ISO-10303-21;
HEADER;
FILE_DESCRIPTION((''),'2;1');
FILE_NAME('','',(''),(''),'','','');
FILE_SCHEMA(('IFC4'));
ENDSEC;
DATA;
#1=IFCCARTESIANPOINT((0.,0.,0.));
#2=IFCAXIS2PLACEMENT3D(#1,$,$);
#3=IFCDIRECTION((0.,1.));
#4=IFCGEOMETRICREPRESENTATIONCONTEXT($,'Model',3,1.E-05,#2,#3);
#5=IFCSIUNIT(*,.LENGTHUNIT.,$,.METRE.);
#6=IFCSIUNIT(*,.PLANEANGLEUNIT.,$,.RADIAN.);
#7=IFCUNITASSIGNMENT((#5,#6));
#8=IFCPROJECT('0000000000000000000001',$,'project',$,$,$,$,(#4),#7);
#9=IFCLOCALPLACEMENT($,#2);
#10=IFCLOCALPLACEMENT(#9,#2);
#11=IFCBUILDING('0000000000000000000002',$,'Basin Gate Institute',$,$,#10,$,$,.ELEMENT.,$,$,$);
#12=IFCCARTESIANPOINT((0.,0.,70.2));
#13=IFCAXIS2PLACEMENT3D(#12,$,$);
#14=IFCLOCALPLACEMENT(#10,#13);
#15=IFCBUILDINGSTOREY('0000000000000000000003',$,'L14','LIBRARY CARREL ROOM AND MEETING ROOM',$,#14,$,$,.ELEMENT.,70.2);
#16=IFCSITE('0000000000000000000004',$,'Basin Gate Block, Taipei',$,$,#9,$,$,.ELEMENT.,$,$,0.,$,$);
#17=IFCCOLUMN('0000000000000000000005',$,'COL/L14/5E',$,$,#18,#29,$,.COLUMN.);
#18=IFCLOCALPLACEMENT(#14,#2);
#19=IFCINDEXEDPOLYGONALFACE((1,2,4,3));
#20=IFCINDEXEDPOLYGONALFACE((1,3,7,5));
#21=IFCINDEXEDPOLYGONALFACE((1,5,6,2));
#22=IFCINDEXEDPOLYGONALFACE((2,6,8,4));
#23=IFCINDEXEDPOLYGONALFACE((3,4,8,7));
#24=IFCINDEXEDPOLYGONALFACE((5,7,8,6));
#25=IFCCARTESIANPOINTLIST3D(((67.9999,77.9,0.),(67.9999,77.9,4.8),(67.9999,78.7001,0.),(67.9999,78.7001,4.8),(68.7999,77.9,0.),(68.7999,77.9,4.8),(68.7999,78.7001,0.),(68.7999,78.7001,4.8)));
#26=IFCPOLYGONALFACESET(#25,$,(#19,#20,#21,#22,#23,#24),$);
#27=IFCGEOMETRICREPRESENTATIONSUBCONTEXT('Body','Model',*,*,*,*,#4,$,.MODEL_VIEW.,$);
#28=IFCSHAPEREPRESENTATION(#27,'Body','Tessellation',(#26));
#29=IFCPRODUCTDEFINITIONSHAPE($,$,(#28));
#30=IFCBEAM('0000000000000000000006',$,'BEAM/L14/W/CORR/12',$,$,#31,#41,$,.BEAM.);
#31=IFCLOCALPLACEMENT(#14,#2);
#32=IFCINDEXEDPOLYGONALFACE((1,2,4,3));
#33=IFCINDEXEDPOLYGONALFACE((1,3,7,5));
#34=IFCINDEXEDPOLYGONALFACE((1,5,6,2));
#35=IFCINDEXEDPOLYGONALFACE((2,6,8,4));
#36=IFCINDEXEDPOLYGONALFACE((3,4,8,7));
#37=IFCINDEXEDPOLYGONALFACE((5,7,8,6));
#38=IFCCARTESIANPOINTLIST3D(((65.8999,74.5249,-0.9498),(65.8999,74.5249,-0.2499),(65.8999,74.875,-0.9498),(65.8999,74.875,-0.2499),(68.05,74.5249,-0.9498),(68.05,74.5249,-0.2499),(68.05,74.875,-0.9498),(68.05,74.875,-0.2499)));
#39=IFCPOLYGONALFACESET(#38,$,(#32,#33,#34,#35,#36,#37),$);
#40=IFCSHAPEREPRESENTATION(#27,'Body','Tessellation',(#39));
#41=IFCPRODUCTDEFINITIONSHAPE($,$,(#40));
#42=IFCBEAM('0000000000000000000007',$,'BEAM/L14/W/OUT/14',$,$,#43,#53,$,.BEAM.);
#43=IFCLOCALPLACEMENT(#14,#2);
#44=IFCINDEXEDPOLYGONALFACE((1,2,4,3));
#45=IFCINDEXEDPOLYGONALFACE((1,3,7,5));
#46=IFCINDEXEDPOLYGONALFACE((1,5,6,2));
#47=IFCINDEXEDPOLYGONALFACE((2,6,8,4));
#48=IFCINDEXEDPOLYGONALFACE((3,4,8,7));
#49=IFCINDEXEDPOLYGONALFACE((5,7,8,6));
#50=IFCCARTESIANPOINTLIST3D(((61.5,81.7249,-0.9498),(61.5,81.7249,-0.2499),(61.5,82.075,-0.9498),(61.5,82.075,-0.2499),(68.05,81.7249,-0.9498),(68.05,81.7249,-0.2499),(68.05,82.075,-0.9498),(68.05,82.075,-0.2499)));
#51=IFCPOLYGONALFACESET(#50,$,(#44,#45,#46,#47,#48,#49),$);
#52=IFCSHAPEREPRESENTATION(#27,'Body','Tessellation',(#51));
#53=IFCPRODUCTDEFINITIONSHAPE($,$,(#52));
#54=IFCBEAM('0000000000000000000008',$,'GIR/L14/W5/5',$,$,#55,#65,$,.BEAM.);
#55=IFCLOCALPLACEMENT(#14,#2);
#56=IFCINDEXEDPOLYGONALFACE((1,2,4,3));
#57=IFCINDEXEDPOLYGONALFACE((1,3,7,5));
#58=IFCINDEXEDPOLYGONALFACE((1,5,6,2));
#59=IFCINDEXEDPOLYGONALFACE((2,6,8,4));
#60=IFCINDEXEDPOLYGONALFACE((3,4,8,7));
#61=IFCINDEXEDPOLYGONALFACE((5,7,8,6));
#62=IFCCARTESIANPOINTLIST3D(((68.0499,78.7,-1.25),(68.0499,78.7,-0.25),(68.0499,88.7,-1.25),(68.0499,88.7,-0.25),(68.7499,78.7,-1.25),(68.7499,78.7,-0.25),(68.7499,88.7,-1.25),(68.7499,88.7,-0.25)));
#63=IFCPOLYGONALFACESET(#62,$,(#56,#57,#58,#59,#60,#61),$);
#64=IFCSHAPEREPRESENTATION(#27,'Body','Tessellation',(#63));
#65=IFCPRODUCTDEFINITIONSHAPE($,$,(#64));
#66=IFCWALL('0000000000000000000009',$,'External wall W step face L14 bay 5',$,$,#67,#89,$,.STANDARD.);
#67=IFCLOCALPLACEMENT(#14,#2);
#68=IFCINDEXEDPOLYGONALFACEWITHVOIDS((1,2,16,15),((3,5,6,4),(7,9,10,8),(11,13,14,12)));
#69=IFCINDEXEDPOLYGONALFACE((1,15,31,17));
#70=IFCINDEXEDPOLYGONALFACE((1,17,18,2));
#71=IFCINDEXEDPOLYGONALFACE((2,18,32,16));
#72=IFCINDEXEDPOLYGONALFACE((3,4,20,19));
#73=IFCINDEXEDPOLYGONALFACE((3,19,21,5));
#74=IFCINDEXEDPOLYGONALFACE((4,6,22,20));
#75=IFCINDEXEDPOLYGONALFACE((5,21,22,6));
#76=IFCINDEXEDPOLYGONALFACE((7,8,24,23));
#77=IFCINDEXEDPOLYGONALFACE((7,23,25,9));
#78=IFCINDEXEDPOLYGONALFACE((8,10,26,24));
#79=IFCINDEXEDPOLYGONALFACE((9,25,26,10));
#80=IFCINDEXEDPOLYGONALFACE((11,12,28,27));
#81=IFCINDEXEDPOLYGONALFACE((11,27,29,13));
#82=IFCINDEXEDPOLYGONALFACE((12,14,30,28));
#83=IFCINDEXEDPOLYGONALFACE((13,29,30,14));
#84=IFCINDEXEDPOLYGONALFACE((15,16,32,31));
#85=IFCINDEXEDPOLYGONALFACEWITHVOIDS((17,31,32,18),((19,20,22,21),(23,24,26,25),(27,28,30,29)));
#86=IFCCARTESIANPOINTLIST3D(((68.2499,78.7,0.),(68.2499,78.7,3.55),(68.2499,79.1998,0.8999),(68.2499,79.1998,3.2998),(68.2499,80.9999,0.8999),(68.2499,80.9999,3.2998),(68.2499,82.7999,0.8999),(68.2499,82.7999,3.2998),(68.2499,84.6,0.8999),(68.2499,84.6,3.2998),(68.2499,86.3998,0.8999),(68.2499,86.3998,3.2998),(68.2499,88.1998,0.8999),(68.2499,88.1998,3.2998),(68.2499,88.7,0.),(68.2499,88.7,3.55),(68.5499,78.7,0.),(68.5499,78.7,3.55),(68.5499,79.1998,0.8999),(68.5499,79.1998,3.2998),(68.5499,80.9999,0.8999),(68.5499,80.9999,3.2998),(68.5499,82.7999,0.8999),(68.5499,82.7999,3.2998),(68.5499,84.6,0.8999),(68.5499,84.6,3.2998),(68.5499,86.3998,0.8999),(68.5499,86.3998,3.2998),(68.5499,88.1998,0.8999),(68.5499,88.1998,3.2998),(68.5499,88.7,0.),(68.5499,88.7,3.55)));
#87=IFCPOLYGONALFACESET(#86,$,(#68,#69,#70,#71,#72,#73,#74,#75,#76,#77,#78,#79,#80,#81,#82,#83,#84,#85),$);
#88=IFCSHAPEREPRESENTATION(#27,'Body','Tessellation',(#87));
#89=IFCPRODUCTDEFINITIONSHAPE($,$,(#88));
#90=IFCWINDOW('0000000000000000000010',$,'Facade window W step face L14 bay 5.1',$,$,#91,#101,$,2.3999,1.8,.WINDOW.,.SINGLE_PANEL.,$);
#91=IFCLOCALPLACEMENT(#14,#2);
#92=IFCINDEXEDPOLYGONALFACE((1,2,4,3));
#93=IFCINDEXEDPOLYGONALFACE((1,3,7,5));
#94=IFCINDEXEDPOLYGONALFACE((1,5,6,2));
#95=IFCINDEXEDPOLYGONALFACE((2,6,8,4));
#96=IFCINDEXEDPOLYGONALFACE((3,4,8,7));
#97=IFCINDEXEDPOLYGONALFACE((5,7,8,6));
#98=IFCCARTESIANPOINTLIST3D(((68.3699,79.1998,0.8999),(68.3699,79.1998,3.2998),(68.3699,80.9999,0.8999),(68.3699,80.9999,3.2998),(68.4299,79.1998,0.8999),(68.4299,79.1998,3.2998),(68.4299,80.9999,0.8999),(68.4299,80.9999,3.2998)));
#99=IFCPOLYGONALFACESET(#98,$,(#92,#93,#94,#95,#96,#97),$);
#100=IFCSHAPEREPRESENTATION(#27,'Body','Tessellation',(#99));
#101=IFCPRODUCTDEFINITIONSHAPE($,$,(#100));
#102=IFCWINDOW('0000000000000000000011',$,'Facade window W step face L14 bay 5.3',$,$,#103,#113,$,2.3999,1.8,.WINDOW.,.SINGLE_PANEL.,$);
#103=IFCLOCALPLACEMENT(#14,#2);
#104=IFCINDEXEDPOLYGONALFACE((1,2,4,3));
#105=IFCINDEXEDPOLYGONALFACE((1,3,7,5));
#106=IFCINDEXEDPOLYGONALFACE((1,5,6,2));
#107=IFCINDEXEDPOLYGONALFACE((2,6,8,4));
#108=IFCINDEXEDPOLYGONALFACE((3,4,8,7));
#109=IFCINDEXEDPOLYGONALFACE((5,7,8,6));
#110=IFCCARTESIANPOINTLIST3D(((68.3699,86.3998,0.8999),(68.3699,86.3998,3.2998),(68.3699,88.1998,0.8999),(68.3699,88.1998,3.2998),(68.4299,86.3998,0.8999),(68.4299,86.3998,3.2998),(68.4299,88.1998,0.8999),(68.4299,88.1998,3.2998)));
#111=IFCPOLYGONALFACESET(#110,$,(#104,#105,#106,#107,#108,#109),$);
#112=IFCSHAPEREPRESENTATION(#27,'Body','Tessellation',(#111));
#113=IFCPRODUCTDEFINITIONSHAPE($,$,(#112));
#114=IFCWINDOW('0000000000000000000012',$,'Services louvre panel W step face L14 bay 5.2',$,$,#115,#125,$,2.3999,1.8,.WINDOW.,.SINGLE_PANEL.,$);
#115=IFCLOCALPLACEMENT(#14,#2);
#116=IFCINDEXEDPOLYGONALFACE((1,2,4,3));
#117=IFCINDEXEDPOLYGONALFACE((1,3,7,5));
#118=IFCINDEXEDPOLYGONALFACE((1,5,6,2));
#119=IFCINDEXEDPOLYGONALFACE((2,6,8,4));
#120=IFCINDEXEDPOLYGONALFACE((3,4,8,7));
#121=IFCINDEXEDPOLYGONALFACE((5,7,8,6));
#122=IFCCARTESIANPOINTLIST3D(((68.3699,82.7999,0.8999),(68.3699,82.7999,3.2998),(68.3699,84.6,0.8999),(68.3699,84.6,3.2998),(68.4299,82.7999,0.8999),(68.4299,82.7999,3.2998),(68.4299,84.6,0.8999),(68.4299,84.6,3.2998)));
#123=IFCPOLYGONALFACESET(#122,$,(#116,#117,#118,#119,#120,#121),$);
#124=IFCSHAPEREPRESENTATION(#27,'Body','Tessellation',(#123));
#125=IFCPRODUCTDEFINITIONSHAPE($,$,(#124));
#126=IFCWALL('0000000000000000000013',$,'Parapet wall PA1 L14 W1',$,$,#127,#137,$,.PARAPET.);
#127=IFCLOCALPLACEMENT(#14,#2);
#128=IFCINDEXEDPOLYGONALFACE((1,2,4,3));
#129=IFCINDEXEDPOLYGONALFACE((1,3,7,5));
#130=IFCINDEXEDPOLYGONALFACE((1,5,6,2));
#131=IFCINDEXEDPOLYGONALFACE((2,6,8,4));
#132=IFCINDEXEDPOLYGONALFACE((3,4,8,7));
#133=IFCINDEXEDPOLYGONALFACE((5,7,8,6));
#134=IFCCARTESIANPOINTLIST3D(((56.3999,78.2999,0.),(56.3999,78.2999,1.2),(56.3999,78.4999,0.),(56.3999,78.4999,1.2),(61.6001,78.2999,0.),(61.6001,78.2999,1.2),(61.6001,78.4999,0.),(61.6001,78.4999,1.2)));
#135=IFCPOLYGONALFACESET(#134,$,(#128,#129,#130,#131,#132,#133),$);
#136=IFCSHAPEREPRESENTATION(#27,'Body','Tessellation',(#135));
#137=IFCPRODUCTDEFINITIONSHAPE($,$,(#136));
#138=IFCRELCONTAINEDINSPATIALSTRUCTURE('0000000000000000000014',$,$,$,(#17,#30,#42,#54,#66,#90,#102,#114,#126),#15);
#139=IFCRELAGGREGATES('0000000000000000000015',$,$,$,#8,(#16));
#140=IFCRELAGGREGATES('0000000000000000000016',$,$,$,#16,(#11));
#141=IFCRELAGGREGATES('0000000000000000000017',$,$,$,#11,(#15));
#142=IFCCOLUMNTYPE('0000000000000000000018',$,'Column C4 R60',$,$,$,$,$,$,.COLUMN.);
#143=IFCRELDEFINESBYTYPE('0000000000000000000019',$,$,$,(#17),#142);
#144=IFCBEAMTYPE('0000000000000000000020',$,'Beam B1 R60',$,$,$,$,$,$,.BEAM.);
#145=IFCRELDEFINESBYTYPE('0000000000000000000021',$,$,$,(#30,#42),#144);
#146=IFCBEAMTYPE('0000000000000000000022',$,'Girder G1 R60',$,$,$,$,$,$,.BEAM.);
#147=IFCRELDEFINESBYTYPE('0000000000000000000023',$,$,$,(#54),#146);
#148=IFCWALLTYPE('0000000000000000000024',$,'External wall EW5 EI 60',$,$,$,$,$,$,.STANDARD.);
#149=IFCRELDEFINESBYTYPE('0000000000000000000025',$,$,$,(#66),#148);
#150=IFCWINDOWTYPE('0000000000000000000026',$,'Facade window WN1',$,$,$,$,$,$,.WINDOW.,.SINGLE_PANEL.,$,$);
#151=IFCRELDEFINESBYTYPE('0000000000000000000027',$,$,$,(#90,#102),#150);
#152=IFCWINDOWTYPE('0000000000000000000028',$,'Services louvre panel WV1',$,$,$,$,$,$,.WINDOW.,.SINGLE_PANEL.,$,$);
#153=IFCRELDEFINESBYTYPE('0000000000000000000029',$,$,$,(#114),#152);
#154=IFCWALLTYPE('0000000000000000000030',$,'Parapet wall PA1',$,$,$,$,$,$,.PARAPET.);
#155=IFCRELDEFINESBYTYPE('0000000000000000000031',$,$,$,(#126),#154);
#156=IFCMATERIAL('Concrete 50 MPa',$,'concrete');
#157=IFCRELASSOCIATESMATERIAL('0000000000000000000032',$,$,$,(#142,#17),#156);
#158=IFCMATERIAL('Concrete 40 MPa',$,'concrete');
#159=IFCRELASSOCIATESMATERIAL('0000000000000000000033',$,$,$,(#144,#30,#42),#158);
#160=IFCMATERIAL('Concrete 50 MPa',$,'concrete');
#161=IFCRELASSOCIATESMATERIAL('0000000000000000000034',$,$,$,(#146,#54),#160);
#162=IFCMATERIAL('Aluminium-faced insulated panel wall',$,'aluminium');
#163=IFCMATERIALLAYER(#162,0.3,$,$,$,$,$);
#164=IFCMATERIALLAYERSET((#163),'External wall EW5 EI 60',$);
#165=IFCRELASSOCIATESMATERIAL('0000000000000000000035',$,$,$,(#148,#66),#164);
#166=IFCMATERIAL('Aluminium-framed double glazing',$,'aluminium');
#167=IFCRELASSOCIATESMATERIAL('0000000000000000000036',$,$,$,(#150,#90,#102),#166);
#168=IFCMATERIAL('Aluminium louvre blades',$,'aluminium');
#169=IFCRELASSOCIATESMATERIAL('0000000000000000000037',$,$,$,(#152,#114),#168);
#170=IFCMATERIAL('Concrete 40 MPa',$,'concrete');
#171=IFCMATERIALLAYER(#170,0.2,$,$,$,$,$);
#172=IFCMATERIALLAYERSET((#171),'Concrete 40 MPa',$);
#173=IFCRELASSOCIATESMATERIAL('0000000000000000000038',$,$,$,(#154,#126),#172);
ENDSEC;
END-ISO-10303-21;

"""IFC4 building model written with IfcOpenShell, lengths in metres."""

from ifc_helpers import new_model, si_unit, direction, frame, frame_2d, origin, origin_2d, place, context, subcontext, project, spatial, rectangle, extrude, material, layer, layer_set, material_profile, profile_set, type_object, element, fill, save


model = new_model("IFC4")

# Units and contexts
model_context = context("Model", 3, precision=1e-05, world=origin(), true_north=direction((0.0, 1.0)))
body_context = subcontext(model_context, "Body", "Model", "MODEL_VIEW")
ifc_project = project(units=[si_unit("LENGTHUNIT", "METRE"), si_unit("PLANEANGLEUNIT", "RADIAN")], contexts=[model_context])

# Site, building, storey
site_placement = place(None, origin())
site = spatial("IfcSite", under=ifc_project, at=site_placement, Name="Basin Gate Block, Taipei", CompositionType="ELEMENT", RefElevation=0.0)
building_placement = place(site_placement, origin())
building = spatial("IfcBuilding", under=site, at=building_placement, Name="Basin Gate Institute", CompositionType="ELEMENT")
storey_placement = place(building_placement, frame((0.0, 0.0, 70.2)))
storey = spatial("IfcBuildingStorey", under=building, at=storey_placement, Name="L14", Description="LIBRARY CARREL ROOM AND MEETING ROOM", CompositionType="ELEMENT", Elevation=70.2)

# Column
ifc_material_1 = material(Name="Concrete 50 MPa", Category="concrete")
ifc_material_profile_1 = material_profile(ifc_material_1, rectangle(XDim=0.8, YDim=0.8, at=origin_2d()), Name="Column C4 800 x 800")
ifc_profile_set_1 = profile_set([ifc_material_profile_1], Name="Concrete 50 MPa")
column_type = type_object("IfcColumnType", Name="Column C4 R60", PredefinedType="COLUMN", material=ifc_profile_set_1)
column_placement = place(storey_placement, frame((68.3999, 78.3, 0.0), z_axis=(0.0, 0.0, 1.0), x_axis=(1.0, 0.0, 0.0)))
element("IfcColumn", 1, at=column_placement, inside=storey, type_object=column_type, material=ifc_profile_set_1, Name="COL/L14/5E", PredefinedType="COLUMN", context=body_context, shape_type="SweptSolid", body=[
    extrude(rectangle(XDim=0.8, YDim=0.8, at=origin_2d()), origin(), (0.0, 0.0, 1.0), 4.8),
])

# Beams
ifc_material_2 = material(Name="Concrete 40 MPa", Category="concrete")
ifc_material_profile_2 = material_profile(ifc_material_2, rectangle(XDim=0.3501, YDim=0.7, at=origin_2d()), Name="Beam B1 350 x 700")
ifc_profile_set_2 = profile_set([ifc_material_profile_2], Name="Concrete 40 MPa")
beam_type_1 = type_object("IfcBeamType", Name="Beam B1 R60", PredefinedType="BEAM", material=ifc_profile_set_2)
beam_1_placement = place(storey_placement, frame((65.8999, 74.7, -0.5999), z_axis=(1.0, 0.0, 0.0), x_axis=(0.0, 1.0, 0.0)))
element("IfcBeam", 2, at=beam_1_placement, inside=storey, type_object=beam_type_1, material=ifc_profile_set_2, Name="BEAM/L14/W/CORR/12", PredefinedType="BEAM", context=body_context, shape_type="SweptSolid", body=[
    extrude(rectangle(XDim=0.3501, YDim=0.7, at=origin_2d()), origin(), (0.0, 0.0, 1.0), 2.1501),
])
beam_2_placement = place(storey_placement, frame((61.5, 81.8999, -0.5999), z_axis=(1.0, 0.0, 0.0), x_axis=(0.0, 1.0, 0.0)))
element("IfcBeam", 3, at=beam_2_placement, inside=storey, type_object=beam_type_1, material=ifc_profile_set_2, Name="BEAM/L14/W/OUT/14", PredefinedType="BEAM", context=body_context, shape_type="SweptSolid", body=[
    extrude(rectangle(XDim=0.3501, YDim=0.7, at=origin_2d()), origin(), (0.0, 0.0, 1.0), 6.55),
])
ifc_material_3 = material(Name="Concrete 50 MPa", Category="concrete")
ifc_material_profile_3 = material_profile(ifc_material_3, rectangle(XDim=0.7, YDim=1.0, at=origin_2d()), Name="Girder G1 700 x 1000")
ifc_profile_set_3 = profile_set([ifc_material_profile_3], Name="Concrete 50 MPa")
beam_type_2 = type_object("IfcBeamType", Name="Girder G1 R60", PredefinedType="BEAM", material=ifc_profile_set_3)
beam_3_placement = place(storey_placement, frame((68.3999, 78.7, -0.75), z_axis=(0.0, 1.0, 0.0), x_axis=(-1.0, 0.0, 0.0)))
element("IfcBeam", 4, at=beam_3_placement, inside=storey, type_object=beam_type_2, material=ifc_profile_set_3, Name="GIR/L14/W5/5", PredefinedType="BEAM", context=body_context, shape_type="SweptSolid", body=[
    extrude(rectangle(XDim=0.7, YDim=1.0, at=origin_2d()), origin(), (0.0, 0.0, 1.0), 10.0),
])

# Wall, openings, windows
ifc_material_4 = material(Name="Aluminium-faced insulated panel wall", Category="aluminium")
ifc_layer_1 = layer(ifc_material_4, 0.3)
ifc_layer_set_1 = layer_set([ifc_layer_1], Name="External wall EW5 EI 60")
wall_type_1 = type_object("IfcWallType", Name="External wall EW5 EI 60", PredefinedType="STANDARD", material=ifc_layer_set_1)
wall_1_placement = place(storey_placement, frame((68.3999, 78.7, 0.0), z_axis=(0.0, 0.0, 1.0), x_axis=(0.0, 1.0, 0.0)))
wall_1 = element("IfcWall", 5, at=wall_1_placement, inside=storey, type_object=wall_type_1, material=ifc_layer_set_1, Name="External wall W step face L14 bay 5", PredefinedType="STANDARD", context=body_context, shape_type="SweptSolid", body=[
    extrude(rectangle(XDim=10.0, YDim=0.3, at=frame_2d((5.0, 0.0))), origin(), (0.0, 0.0, 1.0), 3.55),
])
opening_1_placement = place(wall_1_placement, frame((0.5, 0.0, 0.8999)))
opening_1 = element("IfcOpeningElement", 6, at=opening_1_placement, cuts=wall_1, PredefinedType="OPENING", context=body_context, shape_type="SweptSolid", body=[
    extrude(rectangle(XDim=1.8, YDim=2.3999, at=frame_2d((0.8999, 1.2))), frame((0.0, 0.1602, 0.0), z_axis=(0.0, -1.0, 0.0), x_axis=(1.0, 0.0, 0.0)), (0.0, 0.0, 1.0), 0.3201),
])
opening_2_placement = place(wall_1_placement, frame((4.1001, 0.0, 0.8999)))
opening_2 = element("IfcOpeningElement", 7, at=opening_2_placement, cuts=wall_1, PredefinedType="OPENING", context=body_context, shape_type="SweptSolid", body=[
    extrude(rectangle(XDim=1.8, YDim=2.3999, at=frame_2d((0.8999, 1.2))), frame((0.0, 0.1602, 0.0), z_axis=(0.0, -1.0, 0.0), x_axis=(1.0, 0.0, 0.0)), (0.0, 0.0, 1.0), 0.3201),
])
opening_3_placement = place(wall_1_placement, frame((7.7, 0.0, 0.8999)))
opening_3 = element("IfcOpeningElement", 8, at=opening_3_placement, cuts=wall_1, PredefinedType="OPENING", context=body_context, shape_type="SweptSolid", body=[
    extrude(rectangle(XDim=1.8, YDim=2.3999, at=frame_2d((0.8999, 1.2))), frame((0.0, 0.1602, 0.0), z_axis=(0.0, -1.0, 0.0), x_axis=(1.0, 0.0, 0.0)), (0.0, 0.0, 1.0), 0.3201),
])
ifc_material_5 = material(Name="Aluminium-framed double glazing", Category="aluminium")
window_type_1 = type_object("IfcWindowType", Name="Facade window WN1", PartitioningType="SINGLE_PANEL", PredefinedType="WINDOW", material=ifc_material_5)
window_1_placement = place(opening_1_placement, origin())
window_1 = element("IfcWindow", 9, at=window_1_placement, inside=storey, type_object=window_type_1, material=ifc_material_5, Name="Facade window W step face L14 bay 5.1", OverallHeight=2.3999, OverallWidth=1.8, PartitioningType="SINGLE_PANEL", PredefinedType="WINDOW", context=body_context, shape_type="SweptSolid", body=[
    extrude(rectangle(XDim=1.8, YDim=2.3999, at=frame_2d((0.8999, 1.2))), frame((0.0, 0.03, 0.0), z_axis=(0.0, -1.0, 0.0), x_axis=(1.0, 0.0, 0.0)), (0.0, 0.0, 1.0), 0.0601),
])
fill(opening_1, window_1)
window_2_placement = place(opening_3_placement, origin())
window_2 = element("IfcWindow", 10, at=window_2_placement, inside=storey, type_object=window_type_1, material=ifc_material_5, Name="Facade window W step face L14 bay 5.3", OverallHeight=2.3999, OverallWidth=1.8, PartitioningType="SINGLE_PANEL", PredefinedType="WINDOW", context=body_context, shape_type="SweptSolid", body=[
    extrude(rectangle(XDim=1.8, YDim=2.3999, at=frame_2d((0.8999, 1.2))), frame((0.0, 0.03, 0.0), z_axis=(0.0, -1.0, 0.0), x_axis=(1.0, 0.0, 0.0)), (0.0, 0.0, 1.0), 0.0601),
])
fill(opening_3, window_2)
ifc_material_6 = material(Name="Aluminium louvre blades", Category="aluminium")
window_type_2 = type_object("IfcWindowType", Name="Services louvre panel WV1", PartitioningType="SINGLE_PANEL", PredefinedType="WINDOW", material=ifc_material_6)
window_3_placement = place(opening_2_placement, origin())
window_3 = element("IfcWindow", 11, at=window_3_placement, inside=storey, type_object=window_type_2, material=ifc_material_6, Name="Services louvre panel W step face L14 bay 5.2", OverallHeight=2.3999, OverallWidth=1.8, PartitioningType="SINGLE_PANEL", PredefinedType="WINDOW", context=body_context, shape_type="SweptSolid", body=[
    extrude(rectangle(XDim=1.8, YDim=2.3999, at=frame_2d((0.8999, 1.2))), frame((0.0, 0.03, 0.0), z_axis=(0.0, -1.0, 0.0), x_axis=(1.0, 0.0, 0.0)), (0.0, 0.0, 1.0), 0.0601),
])
fill(opening_2, window_3)

# Wall
ifc_material_7 = material(Name="Concrete 40 MPa", Category="concrete")
ifc_layer_2 = layer(ifc_material_7, 0.2)
ifc_layer_set_2 = layer_set([ifc_layer_2], Name="Concrete 40 MPa")
wall_type_2 = type_object("IfcWallType", Name="Parapet wall PA1", PredefinedType="PARAPET", material=ifc_layer_set_2)
wall_2_placement = place(storey_placement, frame((61.6001, 78.3999, 0.0), z_axis=(0.0, 0.0, 1.0), x_axis=(-1.0, 0.0, 0.0)))
element("IfcWall", 12, at=wall_2_placement, inside=storey, type_object=wall_type_2, material=ifc_layer_set_2, Name="Parapet wall PA1 L14 W1", PredefinedType="PARAPET", context=body_context, shape_type="SweptSolid", body=[
    extrude(rectangle(XDim=5.2002, YDim=0.2, at=frame_2d((2.6001, 0.0))), origin(), (0.0, 0.0, 1.0), 1.2),
])

save(model, "model.ifc")
